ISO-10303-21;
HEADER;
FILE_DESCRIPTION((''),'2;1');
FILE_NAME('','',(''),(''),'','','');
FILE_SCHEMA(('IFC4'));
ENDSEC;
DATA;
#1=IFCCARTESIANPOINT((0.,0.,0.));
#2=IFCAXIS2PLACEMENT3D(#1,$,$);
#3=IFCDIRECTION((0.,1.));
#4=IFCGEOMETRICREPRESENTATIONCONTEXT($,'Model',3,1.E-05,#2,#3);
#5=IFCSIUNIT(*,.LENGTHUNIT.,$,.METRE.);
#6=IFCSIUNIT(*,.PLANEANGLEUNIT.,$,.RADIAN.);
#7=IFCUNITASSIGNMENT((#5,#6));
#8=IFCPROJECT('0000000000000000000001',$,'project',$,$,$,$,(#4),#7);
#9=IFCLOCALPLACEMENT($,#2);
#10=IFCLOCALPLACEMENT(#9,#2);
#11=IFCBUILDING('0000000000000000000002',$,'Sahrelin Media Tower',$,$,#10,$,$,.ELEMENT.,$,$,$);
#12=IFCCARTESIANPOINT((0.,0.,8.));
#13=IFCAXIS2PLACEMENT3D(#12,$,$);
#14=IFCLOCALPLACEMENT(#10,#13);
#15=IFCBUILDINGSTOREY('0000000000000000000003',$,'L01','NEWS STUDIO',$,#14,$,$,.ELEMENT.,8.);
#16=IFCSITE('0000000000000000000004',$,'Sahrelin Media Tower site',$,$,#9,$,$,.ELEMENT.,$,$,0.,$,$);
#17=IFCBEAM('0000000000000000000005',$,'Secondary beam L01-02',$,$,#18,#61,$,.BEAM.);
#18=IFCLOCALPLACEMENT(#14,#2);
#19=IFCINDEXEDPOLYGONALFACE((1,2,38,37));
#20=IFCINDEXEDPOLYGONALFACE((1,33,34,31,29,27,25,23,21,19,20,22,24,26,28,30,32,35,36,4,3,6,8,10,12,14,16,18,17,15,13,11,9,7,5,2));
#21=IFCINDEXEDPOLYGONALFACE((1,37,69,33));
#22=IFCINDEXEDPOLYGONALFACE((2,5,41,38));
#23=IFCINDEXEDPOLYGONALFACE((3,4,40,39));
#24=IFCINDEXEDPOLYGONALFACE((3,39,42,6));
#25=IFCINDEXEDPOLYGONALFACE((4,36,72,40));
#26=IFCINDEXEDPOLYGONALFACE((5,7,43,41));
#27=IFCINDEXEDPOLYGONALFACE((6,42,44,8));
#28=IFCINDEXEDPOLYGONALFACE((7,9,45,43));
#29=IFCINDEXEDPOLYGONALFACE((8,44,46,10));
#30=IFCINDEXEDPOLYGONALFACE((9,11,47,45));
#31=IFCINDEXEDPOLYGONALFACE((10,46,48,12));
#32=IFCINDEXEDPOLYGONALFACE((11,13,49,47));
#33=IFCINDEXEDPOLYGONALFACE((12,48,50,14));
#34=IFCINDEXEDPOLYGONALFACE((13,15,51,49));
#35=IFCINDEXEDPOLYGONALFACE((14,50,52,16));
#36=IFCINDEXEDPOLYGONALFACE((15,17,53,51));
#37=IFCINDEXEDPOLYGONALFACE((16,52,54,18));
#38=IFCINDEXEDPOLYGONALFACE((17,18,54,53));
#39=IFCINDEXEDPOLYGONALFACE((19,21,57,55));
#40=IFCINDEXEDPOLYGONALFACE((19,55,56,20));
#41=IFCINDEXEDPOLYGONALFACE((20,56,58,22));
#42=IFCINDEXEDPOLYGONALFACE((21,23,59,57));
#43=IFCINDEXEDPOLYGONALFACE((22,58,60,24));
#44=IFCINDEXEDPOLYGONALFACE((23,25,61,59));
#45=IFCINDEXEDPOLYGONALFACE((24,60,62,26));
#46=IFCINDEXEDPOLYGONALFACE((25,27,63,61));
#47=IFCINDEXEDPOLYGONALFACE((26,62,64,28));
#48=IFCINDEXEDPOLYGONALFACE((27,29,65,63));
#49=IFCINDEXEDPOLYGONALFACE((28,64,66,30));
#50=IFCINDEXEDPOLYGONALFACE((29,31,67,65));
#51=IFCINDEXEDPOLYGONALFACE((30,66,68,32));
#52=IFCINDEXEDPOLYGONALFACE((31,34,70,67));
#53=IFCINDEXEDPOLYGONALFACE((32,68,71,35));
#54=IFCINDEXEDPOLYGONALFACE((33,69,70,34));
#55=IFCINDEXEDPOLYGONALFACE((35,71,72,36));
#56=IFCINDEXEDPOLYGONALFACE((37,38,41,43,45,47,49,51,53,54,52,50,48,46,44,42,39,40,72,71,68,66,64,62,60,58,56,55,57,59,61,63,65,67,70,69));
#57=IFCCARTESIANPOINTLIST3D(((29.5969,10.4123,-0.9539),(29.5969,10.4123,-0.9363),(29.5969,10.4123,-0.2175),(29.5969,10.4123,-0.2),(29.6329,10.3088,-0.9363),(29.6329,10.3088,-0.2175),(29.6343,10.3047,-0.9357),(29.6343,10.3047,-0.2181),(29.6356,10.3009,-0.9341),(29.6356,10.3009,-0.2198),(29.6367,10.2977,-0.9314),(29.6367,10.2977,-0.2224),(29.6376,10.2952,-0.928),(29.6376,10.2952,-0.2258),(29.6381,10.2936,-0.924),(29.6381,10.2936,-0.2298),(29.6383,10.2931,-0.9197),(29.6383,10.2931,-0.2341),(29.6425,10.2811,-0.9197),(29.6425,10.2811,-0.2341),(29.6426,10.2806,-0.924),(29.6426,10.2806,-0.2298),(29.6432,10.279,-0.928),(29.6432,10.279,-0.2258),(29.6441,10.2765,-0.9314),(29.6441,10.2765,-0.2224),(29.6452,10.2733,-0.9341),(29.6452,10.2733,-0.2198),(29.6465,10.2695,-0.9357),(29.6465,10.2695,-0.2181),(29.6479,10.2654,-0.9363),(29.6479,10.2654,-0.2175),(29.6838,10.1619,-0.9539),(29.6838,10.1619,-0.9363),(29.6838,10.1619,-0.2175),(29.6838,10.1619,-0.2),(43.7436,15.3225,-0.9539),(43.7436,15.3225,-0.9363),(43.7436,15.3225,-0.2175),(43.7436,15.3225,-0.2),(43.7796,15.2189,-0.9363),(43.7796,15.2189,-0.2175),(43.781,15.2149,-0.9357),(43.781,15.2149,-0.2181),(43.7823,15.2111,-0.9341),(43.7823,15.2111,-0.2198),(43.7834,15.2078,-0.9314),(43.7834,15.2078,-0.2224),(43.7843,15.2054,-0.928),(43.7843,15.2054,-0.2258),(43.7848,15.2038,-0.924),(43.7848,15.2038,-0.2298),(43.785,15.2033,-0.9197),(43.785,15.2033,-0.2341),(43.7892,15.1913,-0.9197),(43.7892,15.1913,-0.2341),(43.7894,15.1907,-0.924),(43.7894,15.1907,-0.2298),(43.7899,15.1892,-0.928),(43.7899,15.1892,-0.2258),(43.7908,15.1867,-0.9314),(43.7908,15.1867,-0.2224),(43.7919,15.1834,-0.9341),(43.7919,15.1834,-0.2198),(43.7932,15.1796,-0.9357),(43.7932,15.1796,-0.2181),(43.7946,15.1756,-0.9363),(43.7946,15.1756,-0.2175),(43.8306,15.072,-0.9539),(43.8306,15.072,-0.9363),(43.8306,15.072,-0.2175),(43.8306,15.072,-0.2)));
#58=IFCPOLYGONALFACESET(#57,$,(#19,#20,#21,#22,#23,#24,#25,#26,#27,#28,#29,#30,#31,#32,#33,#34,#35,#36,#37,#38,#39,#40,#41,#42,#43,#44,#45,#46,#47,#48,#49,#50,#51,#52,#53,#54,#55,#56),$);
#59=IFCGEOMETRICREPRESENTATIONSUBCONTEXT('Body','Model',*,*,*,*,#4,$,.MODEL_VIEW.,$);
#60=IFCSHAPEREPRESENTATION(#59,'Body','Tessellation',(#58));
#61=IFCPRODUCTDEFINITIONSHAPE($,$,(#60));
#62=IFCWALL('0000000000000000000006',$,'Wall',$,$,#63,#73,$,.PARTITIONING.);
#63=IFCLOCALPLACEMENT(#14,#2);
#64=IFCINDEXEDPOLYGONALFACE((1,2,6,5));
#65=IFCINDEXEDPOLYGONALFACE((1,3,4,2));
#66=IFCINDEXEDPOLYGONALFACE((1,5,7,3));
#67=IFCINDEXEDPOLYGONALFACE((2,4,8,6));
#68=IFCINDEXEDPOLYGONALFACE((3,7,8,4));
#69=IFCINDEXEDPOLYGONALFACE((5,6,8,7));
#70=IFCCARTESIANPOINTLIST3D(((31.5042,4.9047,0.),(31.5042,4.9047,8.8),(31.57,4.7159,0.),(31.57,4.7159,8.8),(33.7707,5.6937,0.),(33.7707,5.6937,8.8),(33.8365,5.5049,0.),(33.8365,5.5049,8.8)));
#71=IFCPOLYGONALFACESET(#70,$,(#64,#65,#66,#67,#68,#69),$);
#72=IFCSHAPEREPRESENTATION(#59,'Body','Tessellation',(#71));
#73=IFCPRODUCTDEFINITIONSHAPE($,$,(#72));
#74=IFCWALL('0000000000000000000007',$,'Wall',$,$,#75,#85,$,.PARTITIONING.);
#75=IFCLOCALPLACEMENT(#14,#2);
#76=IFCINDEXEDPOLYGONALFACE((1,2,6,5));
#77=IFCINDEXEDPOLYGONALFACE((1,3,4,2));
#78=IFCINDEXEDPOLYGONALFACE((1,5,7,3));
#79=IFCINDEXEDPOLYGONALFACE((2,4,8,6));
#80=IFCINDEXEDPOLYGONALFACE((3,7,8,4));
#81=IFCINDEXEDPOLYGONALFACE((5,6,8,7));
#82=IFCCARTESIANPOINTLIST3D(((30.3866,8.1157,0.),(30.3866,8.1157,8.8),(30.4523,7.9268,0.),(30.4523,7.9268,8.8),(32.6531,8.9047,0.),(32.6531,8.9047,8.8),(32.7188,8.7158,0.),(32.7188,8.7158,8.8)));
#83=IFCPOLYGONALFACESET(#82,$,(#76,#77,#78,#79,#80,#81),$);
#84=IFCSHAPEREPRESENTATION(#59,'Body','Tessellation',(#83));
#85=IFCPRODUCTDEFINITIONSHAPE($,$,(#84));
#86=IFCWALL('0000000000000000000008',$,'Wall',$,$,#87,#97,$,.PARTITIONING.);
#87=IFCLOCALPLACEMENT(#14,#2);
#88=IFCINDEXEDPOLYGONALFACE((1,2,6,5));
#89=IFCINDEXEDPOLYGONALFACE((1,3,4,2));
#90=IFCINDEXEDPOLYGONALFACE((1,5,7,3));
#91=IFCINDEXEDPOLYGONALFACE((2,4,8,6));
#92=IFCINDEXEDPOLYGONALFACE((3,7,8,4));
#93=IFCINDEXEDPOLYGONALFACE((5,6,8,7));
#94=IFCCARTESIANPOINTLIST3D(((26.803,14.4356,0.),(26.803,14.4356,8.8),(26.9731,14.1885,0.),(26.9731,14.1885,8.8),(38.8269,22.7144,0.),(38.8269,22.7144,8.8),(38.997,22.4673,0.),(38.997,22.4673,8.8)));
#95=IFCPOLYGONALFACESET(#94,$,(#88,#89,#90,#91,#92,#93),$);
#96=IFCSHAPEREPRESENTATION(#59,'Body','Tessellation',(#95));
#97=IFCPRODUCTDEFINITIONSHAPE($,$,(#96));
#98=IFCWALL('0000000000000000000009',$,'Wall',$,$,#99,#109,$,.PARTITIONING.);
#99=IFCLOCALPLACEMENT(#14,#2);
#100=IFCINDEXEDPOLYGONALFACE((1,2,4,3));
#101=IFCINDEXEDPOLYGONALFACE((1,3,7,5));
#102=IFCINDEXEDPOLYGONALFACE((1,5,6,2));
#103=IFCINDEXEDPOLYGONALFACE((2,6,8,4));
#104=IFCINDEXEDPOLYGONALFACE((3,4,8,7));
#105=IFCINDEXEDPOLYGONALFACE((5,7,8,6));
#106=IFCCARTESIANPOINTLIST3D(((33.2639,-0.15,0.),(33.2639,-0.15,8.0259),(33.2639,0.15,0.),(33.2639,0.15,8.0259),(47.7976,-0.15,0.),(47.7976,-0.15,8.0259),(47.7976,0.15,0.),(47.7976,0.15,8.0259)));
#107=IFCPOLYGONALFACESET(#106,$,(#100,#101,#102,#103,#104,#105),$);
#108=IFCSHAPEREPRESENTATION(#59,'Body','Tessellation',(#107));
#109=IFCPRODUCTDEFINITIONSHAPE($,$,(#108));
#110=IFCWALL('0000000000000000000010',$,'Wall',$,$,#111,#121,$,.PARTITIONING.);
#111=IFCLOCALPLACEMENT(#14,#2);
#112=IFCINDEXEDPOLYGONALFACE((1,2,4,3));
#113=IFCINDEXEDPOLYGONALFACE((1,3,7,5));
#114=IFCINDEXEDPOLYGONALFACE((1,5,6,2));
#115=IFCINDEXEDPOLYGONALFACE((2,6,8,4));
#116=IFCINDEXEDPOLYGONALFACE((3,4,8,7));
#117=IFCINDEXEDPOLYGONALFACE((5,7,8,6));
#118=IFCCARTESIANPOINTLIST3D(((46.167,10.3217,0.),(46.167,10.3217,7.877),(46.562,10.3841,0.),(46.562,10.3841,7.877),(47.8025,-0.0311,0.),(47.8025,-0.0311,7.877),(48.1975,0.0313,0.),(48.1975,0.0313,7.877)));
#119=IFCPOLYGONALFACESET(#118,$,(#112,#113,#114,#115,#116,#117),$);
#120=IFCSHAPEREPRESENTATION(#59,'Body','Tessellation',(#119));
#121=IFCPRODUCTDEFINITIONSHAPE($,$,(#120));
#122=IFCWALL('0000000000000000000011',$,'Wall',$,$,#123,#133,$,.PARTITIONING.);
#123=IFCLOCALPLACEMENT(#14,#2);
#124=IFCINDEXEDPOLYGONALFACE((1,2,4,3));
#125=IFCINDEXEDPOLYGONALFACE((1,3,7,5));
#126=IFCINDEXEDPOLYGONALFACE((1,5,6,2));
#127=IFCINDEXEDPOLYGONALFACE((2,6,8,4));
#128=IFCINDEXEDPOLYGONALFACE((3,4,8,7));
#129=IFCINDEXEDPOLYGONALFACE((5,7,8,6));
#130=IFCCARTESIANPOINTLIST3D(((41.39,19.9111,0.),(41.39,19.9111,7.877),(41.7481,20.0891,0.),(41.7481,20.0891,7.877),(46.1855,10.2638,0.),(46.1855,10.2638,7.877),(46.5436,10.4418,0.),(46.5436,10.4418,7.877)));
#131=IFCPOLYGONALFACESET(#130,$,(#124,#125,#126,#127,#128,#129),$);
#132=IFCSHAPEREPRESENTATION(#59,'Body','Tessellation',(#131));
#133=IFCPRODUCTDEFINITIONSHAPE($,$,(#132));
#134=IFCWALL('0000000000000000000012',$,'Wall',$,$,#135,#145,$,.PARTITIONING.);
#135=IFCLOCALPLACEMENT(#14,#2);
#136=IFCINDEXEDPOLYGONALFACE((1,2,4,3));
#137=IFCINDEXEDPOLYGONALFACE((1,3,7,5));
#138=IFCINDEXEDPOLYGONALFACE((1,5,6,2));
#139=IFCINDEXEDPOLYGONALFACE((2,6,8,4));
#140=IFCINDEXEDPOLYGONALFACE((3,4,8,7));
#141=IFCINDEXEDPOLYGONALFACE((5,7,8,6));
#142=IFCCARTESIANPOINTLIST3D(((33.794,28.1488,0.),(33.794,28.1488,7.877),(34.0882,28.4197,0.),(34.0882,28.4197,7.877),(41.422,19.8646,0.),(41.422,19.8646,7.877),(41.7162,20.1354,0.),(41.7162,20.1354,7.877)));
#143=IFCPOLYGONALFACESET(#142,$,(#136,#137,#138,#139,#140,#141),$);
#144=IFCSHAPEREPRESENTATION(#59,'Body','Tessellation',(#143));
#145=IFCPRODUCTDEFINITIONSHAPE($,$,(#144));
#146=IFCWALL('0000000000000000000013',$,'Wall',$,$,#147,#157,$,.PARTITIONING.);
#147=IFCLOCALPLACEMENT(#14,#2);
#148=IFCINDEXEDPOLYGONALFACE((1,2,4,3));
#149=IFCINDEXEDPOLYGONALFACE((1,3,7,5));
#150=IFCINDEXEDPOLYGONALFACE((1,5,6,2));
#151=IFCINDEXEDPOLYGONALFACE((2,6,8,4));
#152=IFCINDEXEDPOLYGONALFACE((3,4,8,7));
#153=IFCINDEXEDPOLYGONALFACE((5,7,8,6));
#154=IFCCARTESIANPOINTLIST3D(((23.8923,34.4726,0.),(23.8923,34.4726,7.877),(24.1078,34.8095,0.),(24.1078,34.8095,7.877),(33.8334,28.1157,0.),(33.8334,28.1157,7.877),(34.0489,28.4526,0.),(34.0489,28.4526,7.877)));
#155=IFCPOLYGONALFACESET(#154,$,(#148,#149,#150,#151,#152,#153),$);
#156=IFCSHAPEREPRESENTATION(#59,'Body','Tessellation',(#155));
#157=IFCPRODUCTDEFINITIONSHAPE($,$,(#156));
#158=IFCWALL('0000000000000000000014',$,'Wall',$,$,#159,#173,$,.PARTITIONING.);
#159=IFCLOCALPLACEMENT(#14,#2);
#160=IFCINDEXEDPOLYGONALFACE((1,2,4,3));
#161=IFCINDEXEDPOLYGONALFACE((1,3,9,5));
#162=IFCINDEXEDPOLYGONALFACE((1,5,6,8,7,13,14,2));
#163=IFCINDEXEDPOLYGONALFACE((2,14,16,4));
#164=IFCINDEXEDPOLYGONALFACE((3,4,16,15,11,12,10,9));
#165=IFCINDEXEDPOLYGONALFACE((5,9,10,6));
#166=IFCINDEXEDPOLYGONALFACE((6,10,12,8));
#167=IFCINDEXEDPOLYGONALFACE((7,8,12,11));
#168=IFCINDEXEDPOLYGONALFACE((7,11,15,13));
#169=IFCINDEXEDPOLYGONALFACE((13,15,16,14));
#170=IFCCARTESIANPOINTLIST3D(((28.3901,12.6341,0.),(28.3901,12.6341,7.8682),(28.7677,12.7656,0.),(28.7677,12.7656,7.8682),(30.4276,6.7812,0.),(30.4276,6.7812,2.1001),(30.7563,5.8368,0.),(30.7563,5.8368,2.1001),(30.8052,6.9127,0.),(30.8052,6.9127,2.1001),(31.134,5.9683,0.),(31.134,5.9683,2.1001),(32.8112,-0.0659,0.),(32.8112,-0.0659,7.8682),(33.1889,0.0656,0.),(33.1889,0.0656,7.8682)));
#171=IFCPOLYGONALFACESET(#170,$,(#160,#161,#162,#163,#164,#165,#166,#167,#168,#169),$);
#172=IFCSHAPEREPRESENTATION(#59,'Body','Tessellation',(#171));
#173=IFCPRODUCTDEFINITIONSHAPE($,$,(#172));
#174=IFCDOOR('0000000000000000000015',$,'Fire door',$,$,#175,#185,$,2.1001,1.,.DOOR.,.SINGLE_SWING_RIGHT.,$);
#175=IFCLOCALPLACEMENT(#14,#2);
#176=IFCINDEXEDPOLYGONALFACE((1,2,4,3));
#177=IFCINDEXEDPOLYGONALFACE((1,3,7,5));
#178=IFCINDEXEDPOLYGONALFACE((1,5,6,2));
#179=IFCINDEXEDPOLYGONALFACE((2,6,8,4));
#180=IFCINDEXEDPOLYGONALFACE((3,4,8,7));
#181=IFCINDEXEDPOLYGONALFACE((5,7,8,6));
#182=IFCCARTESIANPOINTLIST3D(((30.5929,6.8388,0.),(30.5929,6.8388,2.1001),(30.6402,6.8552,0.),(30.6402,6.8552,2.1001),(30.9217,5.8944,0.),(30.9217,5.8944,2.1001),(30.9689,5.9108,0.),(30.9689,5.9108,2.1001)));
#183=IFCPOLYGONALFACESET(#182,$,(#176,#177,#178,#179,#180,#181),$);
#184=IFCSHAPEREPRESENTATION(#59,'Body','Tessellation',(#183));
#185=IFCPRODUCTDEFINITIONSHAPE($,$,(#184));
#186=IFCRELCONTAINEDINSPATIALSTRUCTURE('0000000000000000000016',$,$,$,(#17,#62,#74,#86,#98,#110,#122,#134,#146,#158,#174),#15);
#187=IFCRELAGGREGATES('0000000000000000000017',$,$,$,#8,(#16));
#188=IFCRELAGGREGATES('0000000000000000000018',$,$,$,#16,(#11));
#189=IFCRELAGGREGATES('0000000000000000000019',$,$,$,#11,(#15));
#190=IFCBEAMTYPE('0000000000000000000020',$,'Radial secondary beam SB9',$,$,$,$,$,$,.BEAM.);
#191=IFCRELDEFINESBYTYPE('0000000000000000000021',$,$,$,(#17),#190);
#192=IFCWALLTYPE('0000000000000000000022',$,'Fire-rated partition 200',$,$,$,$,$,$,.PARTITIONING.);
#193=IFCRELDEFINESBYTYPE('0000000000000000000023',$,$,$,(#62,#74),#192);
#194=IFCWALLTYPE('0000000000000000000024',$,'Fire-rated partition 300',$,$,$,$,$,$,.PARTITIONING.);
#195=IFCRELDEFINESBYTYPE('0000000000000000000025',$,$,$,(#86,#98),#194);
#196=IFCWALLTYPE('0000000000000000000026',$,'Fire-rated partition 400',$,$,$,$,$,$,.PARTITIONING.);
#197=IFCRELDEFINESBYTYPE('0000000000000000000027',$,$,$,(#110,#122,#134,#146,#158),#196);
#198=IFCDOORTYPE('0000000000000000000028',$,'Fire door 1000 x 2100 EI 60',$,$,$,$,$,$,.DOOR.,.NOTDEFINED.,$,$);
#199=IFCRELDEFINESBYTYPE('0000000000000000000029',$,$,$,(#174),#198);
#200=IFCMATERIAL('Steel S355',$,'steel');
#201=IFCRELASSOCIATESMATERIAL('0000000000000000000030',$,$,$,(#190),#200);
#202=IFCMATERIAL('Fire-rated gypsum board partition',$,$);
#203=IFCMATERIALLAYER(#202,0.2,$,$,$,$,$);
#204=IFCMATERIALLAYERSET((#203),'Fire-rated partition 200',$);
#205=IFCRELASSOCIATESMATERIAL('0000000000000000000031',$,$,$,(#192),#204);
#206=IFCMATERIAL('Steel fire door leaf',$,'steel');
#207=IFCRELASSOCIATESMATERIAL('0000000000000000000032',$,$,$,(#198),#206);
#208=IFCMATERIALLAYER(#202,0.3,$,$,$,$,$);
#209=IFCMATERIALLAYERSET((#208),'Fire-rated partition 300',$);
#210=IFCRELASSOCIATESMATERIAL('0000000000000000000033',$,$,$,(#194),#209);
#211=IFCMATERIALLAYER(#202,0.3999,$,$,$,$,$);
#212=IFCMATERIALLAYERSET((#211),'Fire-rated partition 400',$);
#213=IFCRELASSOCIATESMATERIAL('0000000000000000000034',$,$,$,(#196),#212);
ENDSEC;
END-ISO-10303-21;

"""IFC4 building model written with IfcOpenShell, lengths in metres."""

from ifc_helpers import new_model, si_unit, direction, frame, frame_2d, origin, origin_2d, place, context, subcontext, project, spatial, rectangle, i_section, extrude, material, layer, layer_set, material_profile, profile_set, type_object, element, fill, save


model = new_model("IFC4")

# Units and contexts
model_context = context("Model", 3, precision=1e-05, world=origin(), true_north=direction((0.0, 1.0)))
body_context = subcontext(model_context, "Body", "Model", "MODEL_VIEW")
ifc_project = project(units=[si_unit("LENGTHUNIT", "METRE"), si_unit("PLANEANGLEUNIT", "RADIAN")], contexts=[model_context])

# Site, building, storey
site_placement = place(None, origin())
site = spatial("IfcSite", under=ifc_project, at=site_placement, Name="Sahrelin Media Tower site", CompositionType="ELEMENT", RefElevation=0.0)
building_placement = place(site_placement, origin())
building = spatial("IfcBuilding", under=site, at=building_placement, Name="Sahrelin Media Tower", CompositionType="ELEMENT")
storey_placement = place(building_placement, frame((0.0, 0.0, 8.0)))
storey = spatial("IfcBuildingStorey", under=building, at=storey_placement, Name="L01", Description="NEWS STUDIO", CompositionType="ELEMENT", Elevation=8.0)

# Beam
ifc_material_1 = material(Name="Steel S355", Category="steel")
ifc_material_profile_1 = material_profile(ifc_material_1, i_section(OverallWidth=0.2651, OverallDepth=0.7539, WebThickness=0.0127, FlangeThickness=0.0176, FilletRadius=0.0166, at=origin_2d()), Name="UB 762x267x147")
ifc_profile_set_1 = profile_set([ifc_material_profile_1], Name="Steel S355")
beam_type_1 = type_object("IfcBeamType", Name="Radial secondary beam SB9", PredefinedType="BEAM", material=ifc_profile_set_1)
beam_1_placement = place(storey_placement, frame((29.6404, 10.2871, -0.5769), z_axis=(0.944713, 0.327898, 0.0), x_axis=(-0.327898, 0.944713, 0.0)))
element("IfcBeam", 1, at=beam_1_placement, inside=storey, type_object=beam_type_1, Name="Secondary beam L01-02", PredefinedType="BEAM", context=body_context, shape_type="SweptSolid", body=[
    extrude(i_section(OverallWidth=0.2651, OverallDepth=0.7539, WebThickness=0.0127, FlangeThickness=0.0176, FilletRadius=0.0166, at=origin_2d()), origin(), (0.0, 0.0, 1.0), 14.9746),
])

# Walls
ifc_material_2 = material(Name="Fire-rated gypsum board partition")
ifc_layer_1 = layer(ifc_material_2, 0.2)
ifc_layer_set_1 = layer_set([ifc_layer_1], Name="Fire-rated partition 200")
wall_type_1 = type_object("IfcWallType", Name="Fire-rated partition 200", PredefinedType="PARTITIONING", material=ifc_layer_set_1)
for number, where, z_axis, x_axis, name in (
    (2, (31.5371, 4.8103, 0.0), (0.0, 0.0, 1.0), (0.944409, 0.328773, 0.0), "Wall"),
    (3, (30.4194, 8.0212, 0.0), (0.0, 0.0, 1.0), (0.944409, 0.328773, 0.0), "Wall"),
):
    element("IfcWall", number, at=place(storey_placement, frame(where, z_axis=z_axis, x_axis=x_axis)), inside=storey, type_object=wall_type_1, Name=name, PredefinedType="PARTITIONING", context=body_context, shape_type="SweptSolid", body=[
        extrude(rectangle(XDim=2.3999, YDim=0.2, at=frame_2d((1.2, 0.0))), origin(), (0.0, 0.0, 1.0), 8.8),
    ])

# Shared definitions
ifc_material_3 = material(Name="Steel fire door leaf", Category="steel")
door_type = type_object("IfcDoorType", Name="Fire door 1000 x 2100 EI 60", OperationType="NOTDEFINED", PredefinedType="DOOR", material=ifc_material_3)

# Walls
ifc_layer_2 = layer(ifc_material_2, 0.3)
ifc_layer_set_2 = layer_set([ifc_layer_2], Name="Fire-rated partition 300")
wall_type_2 = type_object("IfcWallType", Name="Fire-rated partition 300", PredefinedType="PARTITIONING", material=ifc_layer_set_2)
wall_1_placement = place(storey_placement, frame((26.8879, 14.312, 0.0), z_axis=(0.0, 0.0, 1.0), x_axis=(0.823646, 0.567104, 0.0)))
element("IfcWall", 4, at=wall_1_placement, inside=storey, type_object=wall_type_2, Name="Wall", PredefinedType="PARTITIONING", context=body_context, shape_type="SweptSolid", body=[
    extrude(rectangle(XDim=14.5984, YDim=0.3, at=frame_2d((7.2993, 0.0))), origin(), (0.0, 0.0, 1.0), 8.8),
])
wall_2_placement = place(storey_placement, frame((33.2639, 0.0, 0.0), z_axis=(0.0, 0.0, 1.0), x_axis=(1.0, 0.0, 0.0)))
element("IfcWall", 5, at=wall_2_placement, inside=storey, type_object=wall_type_2, Name="Wall", PredefinedType="PARTITIONING", context=body_context, shape_type="SweptSolid", body=[
    extrude(rectangle(XDim=14.5337, YDim=0.3, at=frame_2d((7.2668, 0.0))), origin(), (0.0, 0.0, 1.0), 8.0259),
])
ifc_layer_3 = layer(ifc_material_2, 0.3999)
ifc_layer_set_3 = layer_set([ifc_layer_3], Name="Fire-rated partition 400")
wall_type_3 = type_object("IfcWallType", Name="Fire-rated partition 400", PredefinedType="PARTITIONING", material=ifc_layer_set_3)
wall_3_placement = place(storey_placement, frame((48.0, 0.0, 0.0), z_axis=(0.0, 0.0, 1.0), x_axis=(-0.156042, 0.98775, 0.0)))
element("IfcWall", 6, at=wall_3_placement, inside=storey, type_object=wall_type_3, Name="Wall", PredefinedType="PARTITIONING", context=body_context, shape_type="SweptSolid", body=[
    extrude(rectangle(XDim=10.4812, YDim=0.3999, at=frame_2d((5.2407, 0.0))), origin(), (0.0, 0.0, 1.0), 7.877),
])
wall_4_placement = place(storey_placement, frame((46.3645, 10.3528, 0.0), z_axis=(0.0, 0.0, 1.0), x_axis=(-0.445118, 0.895472, 0.0)))
element("IfcWall", 7, at=wall_4_placement, inside=storey, type_object=wall_type_3, Name="Wall", PredefinedType="PARTITIONING", context=body_context, shape_type="SweptSolid", body=[
    extrude(rectangle(XDim=10.7734, YDim=0.3999, at=frame_2d((5.3867, 0.0))), origin(), (0.0, 0.0, 1.0), 7.877),
])
wall_5_placement = place(storey_placement, frame((41.5691, 20.0, 0.0), z_axis=(0.0, 0.0, 1.0), x_axis=(-0.677368, 0.735644, 0.0)))
element("IfcWall", 8, at=wall_5_placement, inside=storey, type_object=wall_type_3, Name="Wall", PredefinedType="PARTITIONING", context=body_context, shape_type="SweptSolid", body=[
    extrude(rectangle(XDim=11.2612, YDim=0.3999, at=frame_2d((5.6306, 0.0))), origin(), (0.0, 0.0, 1.0), 7.877),
])
wall_6_placement = place(storey_placement, frame((33.9412, 28.2842, 0.0), z_axis=(0.0, 0.0, 1.0), x_axis=(-0.84248, 0.538728, 0.0)))
element("IfcWall", 9, at=wall_6_placement, inside=storey, type_object=wall_type_3, Name="Wall", PredefinedType="PARTITIONING", context=body_context, shape_type="SweptSolid", body=[
    extrude(rectangle(XDim=11.7998, YDim=0.3999, at=frame_2d((5.8999, 0.0))), origin(), (0.0, 0.0, 1.0), 7.877),
])

# Wall, opening, door
wall_7_placement = place(storey_placement, frame((33.0, 0.0, 0.0), z_axis=(0.0, 0.0, 1.0), x_axis=(-0.328771, 0.94441, 0.0)))
wall_7 = element("IfcWall", 10, at=wall_7_placement, inside=storey, type_object=wall_type_3, Name="Wall", PredefinedType="PARTITIONING", context=body_context, shape_type="SweptSolid", body=[
    extrude(rectangle(XDim=13.4475, YDim=0.3999, at=frame_2d((6.7236, 0.0))), origin(), (0.0, 0.0, 1.0), 7.8682),
])
opening_1_placement = place(wall_7_placement, frame((6.25, 0.0, 0.0)))
opening_1 = element("IfcOpeningElement", 11, at=opening_1_placement, cuts=wall_7, PredefinedType="OPENING", context=body_context, shape_type="SweptSolid", body=[
    extrude(rectangle(XDim=1.0, YDim=2.1001, at=frame_2d((0.5, 1.05))), frame((0.0, 0.2, 0.0), z_axis=(0.0, -1.0, 0.0), x_axis=(1.0, 0.0, 0.0)), (0.0, 0.0, 1.0), 0.3999),
])
door_1_placement = place(opening_1_placement, origin())
door_1 = element("IfcDoor", 12, at=door_1_placement, inside=storey, type_object=door_type, Name="Fire door", OperationType="SINGLE_SWING_RIGHT", OverallHeight=2.1001, OverallWidth=1.0, PredefinedType="DOOR", context=body_context, shape_type="SweptSolid", body=[
    extrude(rectangle(XDim=1.0, YDim=2.1001, at=frame_2d((0.5, 1.05))), frame((0.0, 0.0249, 0.0), z_axis=(0.0, -1.0, 0.0), x_axis=(1.0, 0.0, 0.0)), (0.0, 0.0, 1.0), 0.05),
])
fill(opening_1, door_1)

save(model, "model.ifc")
